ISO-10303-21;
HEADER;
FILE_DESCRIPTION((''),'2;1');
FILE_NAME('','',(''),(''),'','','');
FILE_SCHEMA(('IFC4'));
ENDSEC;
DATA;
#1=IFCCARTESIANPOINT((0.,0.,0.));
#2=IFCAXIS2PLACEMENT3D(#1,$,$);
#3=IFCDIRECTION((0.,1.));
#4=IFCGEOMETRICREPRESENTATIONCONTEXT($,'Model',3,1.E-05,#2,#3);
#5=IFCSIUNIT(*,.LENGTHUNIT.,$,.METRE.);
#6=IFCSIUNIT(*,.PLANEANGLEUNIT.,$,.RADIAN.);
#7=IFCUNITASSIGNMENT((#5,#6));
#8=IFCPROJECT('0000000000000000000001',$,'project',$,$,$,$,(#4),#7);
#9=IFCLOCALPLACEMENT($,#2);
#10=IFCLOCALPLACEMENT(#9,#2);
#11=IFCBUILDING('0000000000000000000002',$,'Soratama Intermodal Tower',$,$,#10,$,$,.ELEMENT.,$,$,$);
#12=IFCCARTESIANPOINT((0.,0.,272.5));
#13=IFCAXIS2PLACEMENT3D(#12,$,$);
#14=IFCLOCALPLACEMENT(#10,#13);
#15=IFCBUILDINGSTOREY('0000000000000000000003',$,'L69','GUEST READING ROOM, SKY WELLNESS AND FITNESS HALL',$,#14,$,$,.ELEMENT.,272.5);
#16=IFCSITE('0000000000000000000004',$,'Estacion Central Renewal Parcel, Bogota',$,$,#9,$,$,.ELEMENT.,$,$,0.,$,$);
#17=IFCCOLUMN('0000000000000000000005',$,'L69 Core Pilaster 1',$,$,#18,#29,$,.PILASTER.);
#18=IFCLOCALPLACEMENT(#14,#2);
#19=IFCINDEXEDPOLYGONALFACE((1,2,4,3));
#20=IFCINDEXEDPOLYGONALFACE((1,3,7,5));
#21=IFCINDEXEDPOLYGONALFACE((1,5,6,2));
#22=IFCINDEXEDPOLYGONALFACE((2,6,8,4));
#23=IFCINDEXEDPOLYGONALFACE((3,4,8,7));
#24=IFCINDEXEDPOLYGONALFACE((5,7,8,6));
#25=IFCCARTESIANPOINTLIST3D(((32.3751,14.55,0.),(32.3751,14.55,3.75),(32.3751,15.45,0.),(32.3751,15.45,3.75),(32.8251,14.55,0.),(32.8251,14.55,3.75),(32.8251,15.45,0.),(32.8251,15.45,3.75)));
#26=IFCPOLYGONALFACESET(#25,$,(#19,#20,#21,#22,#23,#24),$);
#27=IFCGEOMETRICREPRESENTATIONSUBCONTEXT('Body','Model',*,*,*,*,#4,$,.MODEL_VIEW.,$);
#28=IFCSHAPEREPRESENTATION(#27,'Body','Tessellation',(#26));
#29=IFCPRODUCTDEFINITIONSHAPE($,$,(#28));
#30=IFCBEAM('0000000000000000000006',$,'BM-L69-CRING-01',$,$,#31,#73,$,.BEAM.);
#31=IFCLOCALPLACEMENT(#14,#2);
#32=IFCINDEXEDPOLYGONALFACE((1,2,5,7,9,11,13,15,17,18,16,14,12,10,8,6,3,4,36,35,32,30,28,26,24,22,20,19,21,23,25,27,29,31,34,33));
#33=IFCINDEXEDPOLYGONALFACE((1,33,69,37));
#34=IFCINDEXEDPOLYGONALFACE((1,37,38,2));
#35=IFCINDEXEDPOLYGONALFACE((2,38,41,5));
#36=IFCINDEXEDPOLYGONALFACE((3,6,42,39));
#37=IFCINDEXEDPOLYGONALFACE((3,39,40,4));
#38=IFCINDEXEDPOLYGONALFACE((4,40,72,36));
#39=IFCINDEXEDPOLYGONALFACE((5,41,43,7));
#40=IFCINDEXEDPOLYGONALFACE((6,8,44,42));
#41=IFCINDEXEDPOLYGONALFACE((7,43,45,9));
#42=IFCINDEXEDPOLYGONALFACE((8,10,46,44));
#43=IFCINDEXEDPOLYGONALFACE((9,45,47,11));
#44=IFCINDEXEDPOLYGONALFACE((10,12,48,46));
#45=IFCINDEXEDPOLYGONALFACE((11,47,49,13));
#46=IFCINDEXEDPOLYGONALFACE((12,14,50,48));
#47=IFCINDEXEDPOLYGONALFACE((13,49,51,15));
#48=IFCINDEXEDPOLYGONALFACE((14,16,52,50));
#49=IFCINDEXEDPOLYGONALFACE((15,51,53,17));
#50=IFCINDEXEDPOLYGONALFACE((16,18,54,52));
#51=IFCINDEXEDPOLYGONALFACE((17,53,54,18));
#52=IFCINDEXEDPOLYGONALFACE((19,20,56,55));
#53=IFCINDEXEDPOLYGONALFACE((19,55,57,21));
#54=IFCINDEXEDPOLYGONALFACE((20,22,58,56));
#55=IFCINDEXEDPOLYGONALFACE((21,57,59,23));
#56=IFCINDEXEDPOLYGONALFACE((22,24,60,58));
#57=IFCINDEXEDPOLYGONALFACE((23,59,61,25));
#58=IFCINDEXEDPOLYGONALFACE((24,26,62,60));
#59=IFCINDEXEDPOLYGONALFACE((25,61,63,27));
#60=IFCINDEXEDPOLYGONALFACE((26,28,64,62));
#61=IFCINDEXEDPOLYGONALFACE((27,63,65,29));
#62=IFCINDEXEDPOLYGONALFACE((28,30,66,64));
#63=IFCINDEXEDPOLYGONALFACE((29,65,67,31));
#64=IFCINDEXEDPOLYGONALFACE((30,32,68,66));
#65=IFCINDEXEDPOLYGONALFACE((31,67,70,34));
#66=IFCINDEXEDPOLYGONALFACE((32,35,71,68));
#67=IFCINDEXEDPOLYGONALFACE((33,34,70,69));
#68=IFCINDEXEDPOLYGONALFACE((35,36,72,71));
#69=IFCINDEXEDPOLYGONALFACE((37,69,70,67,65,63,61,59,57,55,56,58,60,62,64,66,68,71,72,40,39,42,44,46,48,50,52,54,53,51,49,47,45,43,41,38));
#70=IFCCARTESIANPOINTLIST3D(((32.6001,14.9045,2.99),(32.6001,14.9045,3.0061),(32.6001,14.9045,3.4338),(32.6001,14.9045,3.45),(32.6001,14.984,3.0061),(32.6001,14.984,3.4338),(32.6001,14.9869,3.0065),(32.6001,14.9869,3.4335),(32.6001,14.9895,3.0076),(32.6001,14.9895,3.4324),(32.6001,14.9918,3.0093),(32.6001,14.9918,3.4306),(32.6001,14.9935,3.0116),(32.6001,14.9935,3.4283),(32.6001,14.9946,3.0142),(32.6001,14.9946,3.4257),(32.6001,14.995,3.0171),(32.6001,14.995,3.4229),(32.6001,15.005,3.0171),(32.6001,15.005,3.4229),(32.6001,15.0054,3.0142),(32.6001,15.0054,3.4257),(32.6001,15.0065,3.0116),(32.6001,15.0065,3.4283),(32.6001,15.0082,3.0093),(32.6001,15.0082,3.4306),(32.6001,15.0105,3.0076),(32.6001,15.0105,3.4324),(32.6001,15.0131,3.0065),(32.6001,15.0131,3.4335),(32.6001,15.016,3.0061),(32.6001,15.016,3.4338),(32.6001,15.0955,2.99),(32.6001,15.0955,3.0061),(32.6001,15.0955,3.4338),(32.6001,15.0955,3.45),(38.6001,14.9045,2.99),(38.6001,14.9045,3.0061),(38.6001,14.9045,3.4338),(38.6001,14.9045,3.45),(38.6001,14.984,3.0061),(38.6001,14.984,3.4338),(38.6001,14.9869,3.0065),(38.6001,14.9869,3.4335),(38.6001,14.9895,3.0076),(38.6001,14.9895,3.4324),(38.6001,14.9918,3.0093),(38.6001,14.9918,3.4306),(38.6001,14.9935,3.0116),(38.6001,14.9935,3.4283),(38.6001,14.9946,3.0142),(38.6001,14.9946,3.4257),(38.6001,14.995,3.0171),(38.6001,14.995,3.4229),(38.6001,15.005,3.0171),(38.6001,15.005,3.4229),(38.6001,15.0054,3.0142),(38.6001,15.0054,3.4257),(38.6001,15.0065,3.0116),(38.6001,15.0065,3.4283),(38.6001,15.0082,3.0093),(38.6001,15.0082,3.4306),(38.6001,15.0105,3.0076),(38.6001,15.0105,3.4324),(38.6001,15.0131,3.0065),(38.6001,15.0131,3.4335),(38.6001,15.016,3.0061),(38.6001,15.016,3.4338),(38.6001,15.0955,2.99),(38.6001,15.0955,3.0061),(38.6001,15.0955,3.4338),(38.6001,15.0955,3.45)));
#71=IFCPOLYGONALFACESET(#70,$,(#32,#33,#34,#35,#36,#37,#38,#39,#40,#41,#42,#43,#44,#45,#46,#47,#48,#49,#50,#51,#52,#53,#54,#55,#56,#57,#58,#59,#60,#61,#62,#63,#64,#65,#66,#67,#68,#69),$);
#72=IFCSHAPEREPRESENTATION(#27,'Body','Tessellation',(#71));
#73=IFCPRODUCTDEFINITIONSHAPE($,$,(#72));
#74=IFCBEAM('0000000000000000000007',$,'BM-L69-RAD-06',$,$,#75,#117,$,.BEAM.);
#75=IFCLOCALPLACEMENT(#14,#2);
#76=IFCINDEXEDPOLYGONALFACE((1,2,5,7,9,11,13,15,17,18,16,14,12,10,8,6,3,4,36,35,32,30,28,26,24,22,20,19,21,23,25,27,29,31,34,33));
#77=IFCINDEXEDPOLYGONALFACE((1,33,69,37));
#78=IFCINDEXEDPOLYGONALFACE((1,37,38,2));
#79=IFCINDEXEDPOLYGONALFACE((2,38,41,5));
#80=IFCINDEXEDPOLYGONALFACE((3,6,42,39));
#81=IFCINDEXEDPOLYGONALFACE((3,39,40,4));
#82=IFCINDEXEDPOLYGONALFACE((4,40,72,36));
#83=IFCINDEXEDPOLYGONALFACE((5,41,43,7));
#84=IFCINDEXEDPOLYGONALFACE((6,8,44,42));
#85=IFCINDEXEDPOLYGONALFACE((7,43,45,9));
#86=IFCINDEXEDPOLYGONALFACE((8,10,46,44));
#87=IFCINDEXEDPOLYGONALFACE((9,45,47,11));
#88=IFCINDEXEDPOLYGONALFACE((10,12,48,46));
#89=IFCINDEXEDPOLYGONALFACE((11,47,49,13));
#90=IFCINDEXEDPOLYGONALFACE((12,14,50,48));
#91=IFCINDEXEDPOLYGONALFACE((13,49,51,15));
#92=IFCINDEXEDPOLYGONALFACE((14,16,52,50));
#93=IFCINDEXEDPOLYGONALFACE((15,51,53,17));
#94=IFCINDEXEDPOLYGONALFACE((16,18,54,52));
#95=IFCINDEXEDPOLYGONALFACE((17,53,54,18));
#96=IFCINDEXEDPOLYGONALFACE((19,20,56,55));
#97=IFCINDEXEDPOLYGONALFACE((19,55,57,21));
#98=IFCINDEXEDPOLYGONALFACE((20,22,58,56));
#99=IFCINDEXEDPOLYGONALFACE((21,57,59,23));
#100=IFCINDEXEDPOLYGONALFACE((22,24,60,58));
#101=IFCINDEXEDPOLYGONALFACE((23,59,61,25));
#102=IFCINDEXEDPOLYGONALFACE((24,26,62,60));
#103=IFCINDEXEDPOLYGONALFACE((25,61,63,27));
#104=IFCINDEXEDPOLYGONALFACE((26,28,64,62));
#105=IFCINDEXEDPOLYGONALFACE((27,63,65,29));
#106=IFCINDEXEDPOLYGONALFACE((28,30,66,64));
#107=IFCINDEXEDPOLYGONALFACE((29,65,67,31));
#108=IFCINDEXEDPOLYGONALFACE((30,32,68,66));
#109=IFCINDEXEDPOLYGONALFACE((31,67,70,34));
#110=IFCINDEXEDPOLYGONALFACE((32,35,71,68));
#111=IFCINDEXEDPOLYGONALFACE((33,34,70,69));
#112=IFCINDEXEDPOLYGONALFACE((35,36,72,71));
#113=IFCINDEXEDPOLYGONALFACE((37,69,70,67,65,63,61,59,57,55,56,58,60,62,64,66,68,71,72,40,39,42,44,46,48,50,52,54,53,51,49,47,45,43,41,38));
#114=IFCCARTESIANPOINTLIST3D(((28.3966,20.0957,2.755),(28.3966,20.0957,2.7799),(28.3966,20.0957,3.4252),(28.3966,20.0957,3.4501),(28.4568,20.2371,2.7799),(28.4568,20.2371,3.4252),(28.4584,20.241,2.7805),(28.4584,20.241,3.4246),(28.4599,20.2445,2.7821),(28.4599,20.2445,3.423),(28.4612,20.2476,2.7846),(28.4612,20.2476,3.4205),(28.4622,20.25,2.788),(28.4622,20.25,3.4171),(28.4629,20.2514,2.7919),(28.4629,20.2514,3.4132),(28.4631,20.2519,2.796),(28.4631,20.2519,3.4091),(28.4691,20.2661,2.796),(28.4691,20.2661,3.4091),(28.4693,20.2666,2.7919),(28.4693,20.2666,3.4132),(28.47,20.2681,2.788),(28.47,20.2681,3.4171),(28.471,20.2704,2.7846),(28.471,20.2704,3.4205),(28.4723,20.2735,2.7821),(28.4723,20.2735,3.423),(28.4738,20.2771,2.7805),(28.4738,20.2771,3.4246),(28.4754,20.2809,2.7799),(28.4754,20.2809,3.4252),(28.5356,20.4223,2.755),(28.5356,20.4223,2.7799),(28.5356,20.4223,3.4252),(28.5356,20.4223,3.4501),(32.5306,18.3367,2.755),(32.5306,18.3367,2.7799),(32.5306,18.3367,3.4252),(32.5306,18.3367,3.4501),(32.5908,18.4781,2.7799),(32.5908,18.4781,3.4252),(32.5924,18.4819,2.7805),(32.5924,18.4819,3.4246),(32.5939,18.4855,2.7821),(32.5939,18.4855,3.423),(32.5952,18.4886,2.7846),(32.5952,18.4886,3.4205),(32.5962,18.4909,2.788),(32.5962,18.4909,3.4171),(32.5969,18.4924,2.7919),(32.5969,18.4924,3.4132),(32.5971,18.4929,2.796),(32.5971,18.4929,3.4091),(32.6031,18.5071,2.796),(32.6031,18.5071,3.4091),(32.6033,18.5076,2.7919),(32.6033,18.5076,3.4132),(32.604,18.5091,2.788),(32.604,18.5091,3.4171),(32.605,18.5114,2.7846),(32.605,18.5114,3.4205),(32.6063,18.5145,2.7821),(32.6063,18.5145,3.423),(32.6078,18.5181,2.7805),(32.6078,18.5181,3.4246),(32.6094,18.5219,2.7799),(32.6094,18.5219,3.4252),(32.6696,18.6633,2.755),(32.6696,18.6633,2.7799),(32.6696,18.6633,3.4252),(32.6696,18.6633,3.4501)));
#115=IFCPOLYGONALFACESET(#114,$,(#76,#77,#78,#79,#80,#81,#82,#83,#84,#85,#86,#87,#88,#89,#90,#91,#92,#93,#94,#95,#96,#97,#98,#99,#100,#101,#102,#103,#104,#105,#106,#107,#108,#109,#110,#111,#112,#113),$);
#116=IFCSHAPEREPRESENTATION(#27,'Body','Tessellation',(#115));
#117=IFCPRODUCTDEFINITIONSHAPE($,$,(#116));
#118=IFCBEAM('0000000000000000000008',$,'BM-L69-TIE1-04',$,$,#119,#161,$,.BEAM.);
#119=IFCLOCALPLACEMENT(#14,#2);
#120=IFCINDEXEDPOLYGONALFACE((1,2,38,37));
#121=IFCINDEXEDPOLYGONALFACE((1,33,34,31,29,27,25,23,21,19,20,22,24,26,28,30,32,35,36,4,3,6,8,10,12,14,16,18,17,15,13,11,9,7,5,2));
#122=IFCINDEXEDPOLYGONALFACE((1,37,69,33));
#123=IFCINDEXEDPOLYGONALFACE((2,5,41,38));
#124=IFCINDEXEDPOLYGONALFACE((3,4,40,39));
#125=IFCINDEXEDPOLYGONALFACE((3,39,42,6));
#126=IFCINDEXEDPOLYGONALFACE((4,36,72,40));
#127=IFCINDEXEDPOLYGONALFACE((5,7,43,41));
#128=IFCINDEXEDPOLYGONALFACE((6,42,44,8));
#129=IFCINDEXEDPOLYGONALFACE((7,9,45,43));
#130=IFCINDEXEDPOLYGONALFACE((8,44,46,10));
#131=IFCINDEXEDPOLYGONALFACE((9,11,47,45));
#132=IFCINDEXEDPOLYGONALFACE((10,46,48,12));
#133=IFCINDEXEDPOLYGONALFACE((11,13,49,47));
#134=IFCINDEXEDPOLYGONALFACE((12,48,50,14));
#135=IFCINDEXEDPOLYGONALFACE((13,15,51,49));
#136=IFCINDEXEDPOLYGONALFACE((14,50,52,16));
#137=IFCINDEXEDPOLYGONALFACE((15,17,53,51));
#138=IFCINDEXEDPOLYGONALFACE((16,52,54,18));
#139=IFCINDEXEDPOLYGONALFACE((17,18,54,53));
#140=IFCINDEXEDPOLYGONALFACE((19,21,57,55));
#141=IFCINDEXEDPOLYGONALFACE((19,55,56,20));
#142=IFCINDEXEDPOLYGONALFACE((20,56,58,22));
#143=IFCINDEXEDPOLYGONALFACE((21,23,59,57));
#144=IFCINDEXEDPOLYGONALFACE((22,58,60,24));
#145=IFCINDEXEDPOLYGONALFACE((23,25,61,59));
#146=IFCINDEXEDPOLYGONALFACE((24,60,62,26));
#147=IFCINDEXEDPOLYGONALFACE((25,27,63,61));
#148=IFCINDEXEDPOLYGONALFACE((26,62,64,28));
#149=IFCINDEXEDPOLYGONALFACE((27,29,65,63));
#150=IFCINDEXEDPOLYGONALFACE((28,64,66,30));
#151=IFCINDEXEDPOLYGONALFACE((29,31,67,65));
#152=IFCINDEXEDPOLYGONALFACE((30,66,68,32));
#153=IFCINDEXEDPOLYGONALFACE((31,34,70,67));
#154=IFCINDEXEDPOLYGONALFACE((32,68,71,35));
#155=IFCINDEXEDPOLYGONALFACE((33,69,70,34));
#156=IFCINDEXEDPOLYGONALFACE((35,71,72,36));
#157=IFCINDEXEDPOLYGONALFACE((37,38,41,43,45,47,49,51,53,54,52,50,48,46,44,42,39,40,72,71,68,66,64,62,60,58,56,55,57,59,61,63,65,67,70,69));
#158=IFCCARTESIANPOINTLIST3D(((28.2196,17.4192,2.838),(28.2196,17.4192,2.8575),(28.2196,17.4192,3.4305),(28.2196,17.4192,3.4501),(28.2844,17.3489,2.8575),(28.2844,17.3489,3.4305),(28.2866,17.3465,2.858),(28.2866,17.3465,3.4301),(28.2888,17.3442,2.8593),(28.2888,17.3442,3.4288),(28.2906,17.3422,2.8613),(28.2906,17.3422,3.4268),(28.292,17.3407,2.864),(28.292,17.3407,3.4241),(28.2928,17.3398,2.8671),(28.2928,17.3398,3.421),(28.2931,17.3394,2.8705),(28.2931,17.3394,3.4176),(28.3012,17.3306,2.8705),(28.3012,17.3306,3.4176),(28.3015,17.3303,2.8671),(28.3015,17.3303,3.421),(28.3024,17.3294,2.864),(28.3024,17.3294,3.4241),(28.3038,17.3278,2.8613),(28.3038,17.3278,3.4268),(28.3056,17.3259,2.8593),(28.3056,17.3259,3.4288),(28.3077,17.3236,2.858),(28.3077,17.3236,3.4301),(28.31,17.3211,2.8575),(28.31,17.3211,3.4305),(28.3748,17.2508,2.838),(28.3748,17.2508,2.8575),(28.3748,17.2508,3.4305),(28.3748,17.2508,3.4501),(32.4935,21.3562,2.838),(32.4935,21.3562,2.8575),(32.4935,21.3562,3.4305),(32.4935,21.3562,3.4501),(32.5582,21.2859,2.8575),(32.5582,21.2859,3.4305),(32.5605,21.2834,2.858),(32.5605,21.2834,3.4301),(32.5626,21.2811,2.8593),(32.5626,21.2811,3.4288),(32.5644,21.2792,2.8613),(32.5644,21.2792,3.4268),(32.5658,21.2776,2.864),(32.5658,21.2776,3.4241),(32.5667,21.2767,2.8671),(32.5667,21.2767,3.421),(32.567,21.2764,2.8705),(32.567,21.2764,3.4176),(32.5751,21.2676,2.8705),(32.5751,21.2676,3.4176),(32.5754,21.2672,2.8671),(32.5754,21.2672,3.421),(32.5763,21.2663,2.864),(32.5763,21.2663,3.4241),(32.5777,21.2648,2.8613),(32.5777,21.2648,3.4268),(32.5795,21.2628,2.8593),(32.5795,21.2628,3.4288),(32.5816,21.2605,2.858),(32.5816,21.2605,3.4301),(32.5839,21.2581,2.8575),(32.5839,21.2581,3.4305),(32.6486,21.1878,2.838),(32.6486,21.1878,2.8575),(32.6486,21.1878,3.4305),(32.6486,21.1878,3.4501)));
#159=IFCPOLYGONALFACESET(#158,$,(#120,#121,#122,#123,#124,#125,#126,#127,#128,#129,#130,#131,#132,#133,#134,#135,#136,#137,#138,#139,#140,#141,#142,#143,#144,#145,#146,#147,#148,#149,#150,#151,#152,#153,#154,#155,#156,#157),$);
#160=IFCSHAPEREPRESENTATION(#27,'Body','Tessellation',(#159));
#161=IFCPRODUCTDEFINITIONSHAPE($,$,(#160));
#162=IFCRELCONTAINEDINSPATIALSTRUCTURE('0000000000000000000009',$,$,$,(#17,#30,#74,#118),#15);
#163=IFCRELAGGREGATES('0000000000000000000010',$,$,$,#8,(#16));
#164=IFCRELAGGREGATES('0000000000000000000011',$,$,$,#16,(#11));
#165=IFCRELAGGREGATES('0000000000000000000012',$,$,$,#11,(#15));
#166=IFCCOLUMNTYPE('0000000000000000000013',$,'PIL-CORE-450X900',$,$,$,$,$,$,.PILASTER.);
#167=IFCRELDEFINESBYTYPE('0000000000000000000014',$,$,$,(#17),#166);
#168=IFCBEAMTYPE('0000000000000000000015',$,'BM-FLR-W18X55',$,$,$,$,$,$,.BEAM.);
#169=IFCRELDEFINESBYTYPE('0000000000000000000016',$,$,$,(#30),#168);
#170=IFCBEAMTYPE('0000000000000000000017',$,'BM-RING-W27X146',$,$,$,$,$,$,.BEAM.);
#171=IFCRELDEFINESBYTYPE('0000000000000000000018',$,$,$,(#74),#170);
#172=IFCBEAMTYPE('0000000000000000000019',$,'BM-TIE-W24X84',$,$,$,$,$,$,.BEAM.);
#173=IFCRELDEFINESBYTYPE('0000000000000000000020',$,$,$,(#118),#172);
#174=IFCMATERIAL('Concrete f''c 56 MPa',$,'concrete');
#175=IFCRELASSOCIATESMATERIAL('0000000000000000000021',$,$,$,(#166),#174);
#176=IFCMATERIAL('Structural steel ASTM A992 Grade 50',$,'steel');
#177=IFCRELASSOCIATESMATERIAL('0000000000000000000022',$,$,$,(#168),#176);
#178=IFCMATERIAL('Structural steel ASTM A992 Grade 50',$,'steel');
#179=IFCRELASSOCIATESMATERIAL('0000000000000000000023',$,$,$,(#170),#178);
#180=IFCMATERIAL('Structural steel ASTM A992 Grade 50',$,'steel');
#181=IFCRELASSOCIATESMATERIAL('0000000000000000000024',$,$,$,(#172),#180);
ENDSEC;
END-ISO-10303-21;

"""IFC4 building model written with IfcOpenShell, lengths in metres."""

from ifc_helpers import new_model, si_unit, direction, frame, origin, origin_2d, place, context, subcontext, project, spatial, rectangle, i_section, extrude, material, material_profile, profile_set, type_object, element, save


model = new_model("IFC4")

# Units and contexts
model_context = context("Model", 3, precision=1e-05, world=origin(), true_north=direction((0.0, 1.0)))
body_context = subcontext(model_context, "Body", "Model", "MODEL_VIEW")
ifc_project = project(units=[si_unit("LENGTHUNIT", "METRE"), si_unit("PLANEANGLEUNIT", "RADIAN")], contexts=[model_context])

# Site, building, storey
site_placement = place(None, origin())
site = spatial("IfcSite", under=ifc_project, at=site_placement, Name="Estacion Central Renewal Parcel, Bogota", CompositionType="ELEMENT", RefElevation=0.0)
building_placement = place(site_placement, origin())
building = spatial("IfcBuilding", under=site, at=building_placement, Name="Soratama Intermodal Tower", CompositionType="ELEMENT")
storey_placement = place(building_placement, frame((0.0, 0.0, 272.5)))
storey = spatial("IfcBuildingStorey", under=building, at=storey_placement, Name="L69", Description="GUEST READING ROOM, SKY WELLNESS AND FITNESS HALL", CompositionType="ELEMENT", Elevation=272.5)

# Column
ifc_material_1 = material(Name="Concrete f'c 56 MPa", Category="concrete")
ifc_material_profile_1 = material_profile(ifc_material_1, rectangle(XDim=0.45, YDim=0.8999, at=origin_2d()), Name="RC450X900")
ifc_profile_set_1 = profile_set([ifc_material_profile_1], Name="Concrete f'c 56 MPa")
column_type = type_object("IfcColumnType", Name="PIL-CORE-450X900", PredefinedType="PILASTER", material=ifc_profile_set_1)
column_placement = place(storey_placement, frame((32.6001, 15.0, 0.0), z_axis=(0.0, 0.0, 1.0), x_axis=(1.0, 0.0, 0.0)))
element("IfcColumn", 1, at=column_placement, inside=storey, type_object=column_type, Name="L69 Core Pilaster 1", PredefinedType="PILASTER", context=body_context, shape_type="SweptSolid", body=[
    extrude(rectangle(XDim=0.45, YDim=0.8999, at=origin_2d()), origin(), (0.0, 0.0, 1.0), 3.75),
])

# Beams
ifc_material_2 = material(Name="Structural steel ASTM A992 Grade 50", Category="steel")
ifc_material_profile_2 = material_profile(ifc_material_2, i_section(OverallWidth=0.1909, OverallDepth=0.46, WebThickness=0.01, FlangeThickness=0.0161, FilletRadius=0.011, at=origin_2d()), Name="W18X55")
ifc_profile_set_2 = profile_set([ifc_material_profile_2], Name="Structural steel ASTM A992 Grade 50")
beam_type_1 = type_object("IfcBeamType", Name="BM-FLR-W18X55", PredefinedType="BEAM", material=ifc_profile_set_2)
beam_1_placement = place(storey_placement, frame((32.6001, 15.0, 3.22), z_axis=(1.0, 0.0, 0.0), x_axis=(0.0, 1.0, 0.0)))
element("IfcBeam", 2, at=beam_1_placement, inside=storey, type_object=beam_type_1, Name="BM-L69-CRING-01", PredefinedType="BEAM", context=body_context, shape_type="SweptSolid", body=[
    extrude(i_section(OverallWidth=0.1909, OverallDepth=0.46, WebThickness=0.01, FlangeThickness=0.0161, FilletRadius=0.011, at=origin_2d()), origin(), (0.0, 0.0, 1.0), 6.0),
])
ifc_material_3 = material(Name="Structural steel ASTM A992 Grade 50", Category="steel")
ifc_material_profile_3 = material_profile(ifc_material_3, i_section(OverallWidth=0.355, OverallDepth=0.6951, WebThickness=0.0154, FlangeThickness=0.0249, FilletRadius=0.0161, at=origin_2d()), Name="W27X146")
ifc_profile_set_3 = profile_set([ifc_material_profile_3], Name="Structural steel ASTM A992 Grade 50")
beam_type_2 = type_object("IfcBeamType", Name="BM-RING-W27X146", PredefinedType="BEAM", material=ifc_profile_set_3)
beam_2_placement = place(storey_placement, frame((32.6001, 18.5, 3.1025), z_axis=(-0.920165, 0.391531, 0.0), x_axis=(-0.391531, -0.920165, 0.0)))
element("IfcBeam", 3, at=beam_2_placement, inside=storey, type_object=beam_type_2, Name="BM-L69-RAD-06", PredefinedType="BEAM", context=body_context, shape_type="SweptSolid", body=[
    extrude(i_section(OverallWidth=0.355, OverallDepth=0.6951, WebThickness=0.0154, FlangeThickness=0.0249, FilletRadius=0.0161, at=origin_2d()), origin(), (0.0, 0.0, 1.0), 4.4927),
])
ifc_material_4 = material(Name="Structural steel ASTM A992 Grade 50", Category="steel")
ifc_material_profile_4 = material_profile(ifc_material_4, i_section(OverallWidth=0.229, OverallDepth=0.6121, WebThickness=0.012, FlangeThickness=0.0195, FilletRadius=0.0129, at=origin_2d()), Name="W24X84")
ifc_profile_set_4 = profile_set([ifc_material_profile_4], Name="Structural steel ASTM A992 Grade 50")
beam_type_3 = type_object("IfcBeamType", Name="BM-TIE-W24X84", PredefinedType="BEAM", material=ifc_profile_set_4)
beam_3_placement = place(storey_placement, frame((32.571, 21.272, 3.144), z_axis=(-0.735502, -0.677522, 0.0), x_axis=(0.677522, -0.735502, 0.0)))
element("IfcBeam", 4, at=beam_3_placement, inside=storey, type_object=beam_type_3, Name="BM-L69-TIE1-04", PredefinedType="BEAM", context=body_context, shape_type="SweptSolid", body=[
    extrude(i_section(OverallWidth=0.229, OverallDepth=0.6121, WebThickness=0.012, FlangeThickness=0.0195, FilletRadius=0.0129, at=origin_2d()), origin(), (0.0, 0.0, 1.0), 5.8108),
])

save(model, "model.ifc")
